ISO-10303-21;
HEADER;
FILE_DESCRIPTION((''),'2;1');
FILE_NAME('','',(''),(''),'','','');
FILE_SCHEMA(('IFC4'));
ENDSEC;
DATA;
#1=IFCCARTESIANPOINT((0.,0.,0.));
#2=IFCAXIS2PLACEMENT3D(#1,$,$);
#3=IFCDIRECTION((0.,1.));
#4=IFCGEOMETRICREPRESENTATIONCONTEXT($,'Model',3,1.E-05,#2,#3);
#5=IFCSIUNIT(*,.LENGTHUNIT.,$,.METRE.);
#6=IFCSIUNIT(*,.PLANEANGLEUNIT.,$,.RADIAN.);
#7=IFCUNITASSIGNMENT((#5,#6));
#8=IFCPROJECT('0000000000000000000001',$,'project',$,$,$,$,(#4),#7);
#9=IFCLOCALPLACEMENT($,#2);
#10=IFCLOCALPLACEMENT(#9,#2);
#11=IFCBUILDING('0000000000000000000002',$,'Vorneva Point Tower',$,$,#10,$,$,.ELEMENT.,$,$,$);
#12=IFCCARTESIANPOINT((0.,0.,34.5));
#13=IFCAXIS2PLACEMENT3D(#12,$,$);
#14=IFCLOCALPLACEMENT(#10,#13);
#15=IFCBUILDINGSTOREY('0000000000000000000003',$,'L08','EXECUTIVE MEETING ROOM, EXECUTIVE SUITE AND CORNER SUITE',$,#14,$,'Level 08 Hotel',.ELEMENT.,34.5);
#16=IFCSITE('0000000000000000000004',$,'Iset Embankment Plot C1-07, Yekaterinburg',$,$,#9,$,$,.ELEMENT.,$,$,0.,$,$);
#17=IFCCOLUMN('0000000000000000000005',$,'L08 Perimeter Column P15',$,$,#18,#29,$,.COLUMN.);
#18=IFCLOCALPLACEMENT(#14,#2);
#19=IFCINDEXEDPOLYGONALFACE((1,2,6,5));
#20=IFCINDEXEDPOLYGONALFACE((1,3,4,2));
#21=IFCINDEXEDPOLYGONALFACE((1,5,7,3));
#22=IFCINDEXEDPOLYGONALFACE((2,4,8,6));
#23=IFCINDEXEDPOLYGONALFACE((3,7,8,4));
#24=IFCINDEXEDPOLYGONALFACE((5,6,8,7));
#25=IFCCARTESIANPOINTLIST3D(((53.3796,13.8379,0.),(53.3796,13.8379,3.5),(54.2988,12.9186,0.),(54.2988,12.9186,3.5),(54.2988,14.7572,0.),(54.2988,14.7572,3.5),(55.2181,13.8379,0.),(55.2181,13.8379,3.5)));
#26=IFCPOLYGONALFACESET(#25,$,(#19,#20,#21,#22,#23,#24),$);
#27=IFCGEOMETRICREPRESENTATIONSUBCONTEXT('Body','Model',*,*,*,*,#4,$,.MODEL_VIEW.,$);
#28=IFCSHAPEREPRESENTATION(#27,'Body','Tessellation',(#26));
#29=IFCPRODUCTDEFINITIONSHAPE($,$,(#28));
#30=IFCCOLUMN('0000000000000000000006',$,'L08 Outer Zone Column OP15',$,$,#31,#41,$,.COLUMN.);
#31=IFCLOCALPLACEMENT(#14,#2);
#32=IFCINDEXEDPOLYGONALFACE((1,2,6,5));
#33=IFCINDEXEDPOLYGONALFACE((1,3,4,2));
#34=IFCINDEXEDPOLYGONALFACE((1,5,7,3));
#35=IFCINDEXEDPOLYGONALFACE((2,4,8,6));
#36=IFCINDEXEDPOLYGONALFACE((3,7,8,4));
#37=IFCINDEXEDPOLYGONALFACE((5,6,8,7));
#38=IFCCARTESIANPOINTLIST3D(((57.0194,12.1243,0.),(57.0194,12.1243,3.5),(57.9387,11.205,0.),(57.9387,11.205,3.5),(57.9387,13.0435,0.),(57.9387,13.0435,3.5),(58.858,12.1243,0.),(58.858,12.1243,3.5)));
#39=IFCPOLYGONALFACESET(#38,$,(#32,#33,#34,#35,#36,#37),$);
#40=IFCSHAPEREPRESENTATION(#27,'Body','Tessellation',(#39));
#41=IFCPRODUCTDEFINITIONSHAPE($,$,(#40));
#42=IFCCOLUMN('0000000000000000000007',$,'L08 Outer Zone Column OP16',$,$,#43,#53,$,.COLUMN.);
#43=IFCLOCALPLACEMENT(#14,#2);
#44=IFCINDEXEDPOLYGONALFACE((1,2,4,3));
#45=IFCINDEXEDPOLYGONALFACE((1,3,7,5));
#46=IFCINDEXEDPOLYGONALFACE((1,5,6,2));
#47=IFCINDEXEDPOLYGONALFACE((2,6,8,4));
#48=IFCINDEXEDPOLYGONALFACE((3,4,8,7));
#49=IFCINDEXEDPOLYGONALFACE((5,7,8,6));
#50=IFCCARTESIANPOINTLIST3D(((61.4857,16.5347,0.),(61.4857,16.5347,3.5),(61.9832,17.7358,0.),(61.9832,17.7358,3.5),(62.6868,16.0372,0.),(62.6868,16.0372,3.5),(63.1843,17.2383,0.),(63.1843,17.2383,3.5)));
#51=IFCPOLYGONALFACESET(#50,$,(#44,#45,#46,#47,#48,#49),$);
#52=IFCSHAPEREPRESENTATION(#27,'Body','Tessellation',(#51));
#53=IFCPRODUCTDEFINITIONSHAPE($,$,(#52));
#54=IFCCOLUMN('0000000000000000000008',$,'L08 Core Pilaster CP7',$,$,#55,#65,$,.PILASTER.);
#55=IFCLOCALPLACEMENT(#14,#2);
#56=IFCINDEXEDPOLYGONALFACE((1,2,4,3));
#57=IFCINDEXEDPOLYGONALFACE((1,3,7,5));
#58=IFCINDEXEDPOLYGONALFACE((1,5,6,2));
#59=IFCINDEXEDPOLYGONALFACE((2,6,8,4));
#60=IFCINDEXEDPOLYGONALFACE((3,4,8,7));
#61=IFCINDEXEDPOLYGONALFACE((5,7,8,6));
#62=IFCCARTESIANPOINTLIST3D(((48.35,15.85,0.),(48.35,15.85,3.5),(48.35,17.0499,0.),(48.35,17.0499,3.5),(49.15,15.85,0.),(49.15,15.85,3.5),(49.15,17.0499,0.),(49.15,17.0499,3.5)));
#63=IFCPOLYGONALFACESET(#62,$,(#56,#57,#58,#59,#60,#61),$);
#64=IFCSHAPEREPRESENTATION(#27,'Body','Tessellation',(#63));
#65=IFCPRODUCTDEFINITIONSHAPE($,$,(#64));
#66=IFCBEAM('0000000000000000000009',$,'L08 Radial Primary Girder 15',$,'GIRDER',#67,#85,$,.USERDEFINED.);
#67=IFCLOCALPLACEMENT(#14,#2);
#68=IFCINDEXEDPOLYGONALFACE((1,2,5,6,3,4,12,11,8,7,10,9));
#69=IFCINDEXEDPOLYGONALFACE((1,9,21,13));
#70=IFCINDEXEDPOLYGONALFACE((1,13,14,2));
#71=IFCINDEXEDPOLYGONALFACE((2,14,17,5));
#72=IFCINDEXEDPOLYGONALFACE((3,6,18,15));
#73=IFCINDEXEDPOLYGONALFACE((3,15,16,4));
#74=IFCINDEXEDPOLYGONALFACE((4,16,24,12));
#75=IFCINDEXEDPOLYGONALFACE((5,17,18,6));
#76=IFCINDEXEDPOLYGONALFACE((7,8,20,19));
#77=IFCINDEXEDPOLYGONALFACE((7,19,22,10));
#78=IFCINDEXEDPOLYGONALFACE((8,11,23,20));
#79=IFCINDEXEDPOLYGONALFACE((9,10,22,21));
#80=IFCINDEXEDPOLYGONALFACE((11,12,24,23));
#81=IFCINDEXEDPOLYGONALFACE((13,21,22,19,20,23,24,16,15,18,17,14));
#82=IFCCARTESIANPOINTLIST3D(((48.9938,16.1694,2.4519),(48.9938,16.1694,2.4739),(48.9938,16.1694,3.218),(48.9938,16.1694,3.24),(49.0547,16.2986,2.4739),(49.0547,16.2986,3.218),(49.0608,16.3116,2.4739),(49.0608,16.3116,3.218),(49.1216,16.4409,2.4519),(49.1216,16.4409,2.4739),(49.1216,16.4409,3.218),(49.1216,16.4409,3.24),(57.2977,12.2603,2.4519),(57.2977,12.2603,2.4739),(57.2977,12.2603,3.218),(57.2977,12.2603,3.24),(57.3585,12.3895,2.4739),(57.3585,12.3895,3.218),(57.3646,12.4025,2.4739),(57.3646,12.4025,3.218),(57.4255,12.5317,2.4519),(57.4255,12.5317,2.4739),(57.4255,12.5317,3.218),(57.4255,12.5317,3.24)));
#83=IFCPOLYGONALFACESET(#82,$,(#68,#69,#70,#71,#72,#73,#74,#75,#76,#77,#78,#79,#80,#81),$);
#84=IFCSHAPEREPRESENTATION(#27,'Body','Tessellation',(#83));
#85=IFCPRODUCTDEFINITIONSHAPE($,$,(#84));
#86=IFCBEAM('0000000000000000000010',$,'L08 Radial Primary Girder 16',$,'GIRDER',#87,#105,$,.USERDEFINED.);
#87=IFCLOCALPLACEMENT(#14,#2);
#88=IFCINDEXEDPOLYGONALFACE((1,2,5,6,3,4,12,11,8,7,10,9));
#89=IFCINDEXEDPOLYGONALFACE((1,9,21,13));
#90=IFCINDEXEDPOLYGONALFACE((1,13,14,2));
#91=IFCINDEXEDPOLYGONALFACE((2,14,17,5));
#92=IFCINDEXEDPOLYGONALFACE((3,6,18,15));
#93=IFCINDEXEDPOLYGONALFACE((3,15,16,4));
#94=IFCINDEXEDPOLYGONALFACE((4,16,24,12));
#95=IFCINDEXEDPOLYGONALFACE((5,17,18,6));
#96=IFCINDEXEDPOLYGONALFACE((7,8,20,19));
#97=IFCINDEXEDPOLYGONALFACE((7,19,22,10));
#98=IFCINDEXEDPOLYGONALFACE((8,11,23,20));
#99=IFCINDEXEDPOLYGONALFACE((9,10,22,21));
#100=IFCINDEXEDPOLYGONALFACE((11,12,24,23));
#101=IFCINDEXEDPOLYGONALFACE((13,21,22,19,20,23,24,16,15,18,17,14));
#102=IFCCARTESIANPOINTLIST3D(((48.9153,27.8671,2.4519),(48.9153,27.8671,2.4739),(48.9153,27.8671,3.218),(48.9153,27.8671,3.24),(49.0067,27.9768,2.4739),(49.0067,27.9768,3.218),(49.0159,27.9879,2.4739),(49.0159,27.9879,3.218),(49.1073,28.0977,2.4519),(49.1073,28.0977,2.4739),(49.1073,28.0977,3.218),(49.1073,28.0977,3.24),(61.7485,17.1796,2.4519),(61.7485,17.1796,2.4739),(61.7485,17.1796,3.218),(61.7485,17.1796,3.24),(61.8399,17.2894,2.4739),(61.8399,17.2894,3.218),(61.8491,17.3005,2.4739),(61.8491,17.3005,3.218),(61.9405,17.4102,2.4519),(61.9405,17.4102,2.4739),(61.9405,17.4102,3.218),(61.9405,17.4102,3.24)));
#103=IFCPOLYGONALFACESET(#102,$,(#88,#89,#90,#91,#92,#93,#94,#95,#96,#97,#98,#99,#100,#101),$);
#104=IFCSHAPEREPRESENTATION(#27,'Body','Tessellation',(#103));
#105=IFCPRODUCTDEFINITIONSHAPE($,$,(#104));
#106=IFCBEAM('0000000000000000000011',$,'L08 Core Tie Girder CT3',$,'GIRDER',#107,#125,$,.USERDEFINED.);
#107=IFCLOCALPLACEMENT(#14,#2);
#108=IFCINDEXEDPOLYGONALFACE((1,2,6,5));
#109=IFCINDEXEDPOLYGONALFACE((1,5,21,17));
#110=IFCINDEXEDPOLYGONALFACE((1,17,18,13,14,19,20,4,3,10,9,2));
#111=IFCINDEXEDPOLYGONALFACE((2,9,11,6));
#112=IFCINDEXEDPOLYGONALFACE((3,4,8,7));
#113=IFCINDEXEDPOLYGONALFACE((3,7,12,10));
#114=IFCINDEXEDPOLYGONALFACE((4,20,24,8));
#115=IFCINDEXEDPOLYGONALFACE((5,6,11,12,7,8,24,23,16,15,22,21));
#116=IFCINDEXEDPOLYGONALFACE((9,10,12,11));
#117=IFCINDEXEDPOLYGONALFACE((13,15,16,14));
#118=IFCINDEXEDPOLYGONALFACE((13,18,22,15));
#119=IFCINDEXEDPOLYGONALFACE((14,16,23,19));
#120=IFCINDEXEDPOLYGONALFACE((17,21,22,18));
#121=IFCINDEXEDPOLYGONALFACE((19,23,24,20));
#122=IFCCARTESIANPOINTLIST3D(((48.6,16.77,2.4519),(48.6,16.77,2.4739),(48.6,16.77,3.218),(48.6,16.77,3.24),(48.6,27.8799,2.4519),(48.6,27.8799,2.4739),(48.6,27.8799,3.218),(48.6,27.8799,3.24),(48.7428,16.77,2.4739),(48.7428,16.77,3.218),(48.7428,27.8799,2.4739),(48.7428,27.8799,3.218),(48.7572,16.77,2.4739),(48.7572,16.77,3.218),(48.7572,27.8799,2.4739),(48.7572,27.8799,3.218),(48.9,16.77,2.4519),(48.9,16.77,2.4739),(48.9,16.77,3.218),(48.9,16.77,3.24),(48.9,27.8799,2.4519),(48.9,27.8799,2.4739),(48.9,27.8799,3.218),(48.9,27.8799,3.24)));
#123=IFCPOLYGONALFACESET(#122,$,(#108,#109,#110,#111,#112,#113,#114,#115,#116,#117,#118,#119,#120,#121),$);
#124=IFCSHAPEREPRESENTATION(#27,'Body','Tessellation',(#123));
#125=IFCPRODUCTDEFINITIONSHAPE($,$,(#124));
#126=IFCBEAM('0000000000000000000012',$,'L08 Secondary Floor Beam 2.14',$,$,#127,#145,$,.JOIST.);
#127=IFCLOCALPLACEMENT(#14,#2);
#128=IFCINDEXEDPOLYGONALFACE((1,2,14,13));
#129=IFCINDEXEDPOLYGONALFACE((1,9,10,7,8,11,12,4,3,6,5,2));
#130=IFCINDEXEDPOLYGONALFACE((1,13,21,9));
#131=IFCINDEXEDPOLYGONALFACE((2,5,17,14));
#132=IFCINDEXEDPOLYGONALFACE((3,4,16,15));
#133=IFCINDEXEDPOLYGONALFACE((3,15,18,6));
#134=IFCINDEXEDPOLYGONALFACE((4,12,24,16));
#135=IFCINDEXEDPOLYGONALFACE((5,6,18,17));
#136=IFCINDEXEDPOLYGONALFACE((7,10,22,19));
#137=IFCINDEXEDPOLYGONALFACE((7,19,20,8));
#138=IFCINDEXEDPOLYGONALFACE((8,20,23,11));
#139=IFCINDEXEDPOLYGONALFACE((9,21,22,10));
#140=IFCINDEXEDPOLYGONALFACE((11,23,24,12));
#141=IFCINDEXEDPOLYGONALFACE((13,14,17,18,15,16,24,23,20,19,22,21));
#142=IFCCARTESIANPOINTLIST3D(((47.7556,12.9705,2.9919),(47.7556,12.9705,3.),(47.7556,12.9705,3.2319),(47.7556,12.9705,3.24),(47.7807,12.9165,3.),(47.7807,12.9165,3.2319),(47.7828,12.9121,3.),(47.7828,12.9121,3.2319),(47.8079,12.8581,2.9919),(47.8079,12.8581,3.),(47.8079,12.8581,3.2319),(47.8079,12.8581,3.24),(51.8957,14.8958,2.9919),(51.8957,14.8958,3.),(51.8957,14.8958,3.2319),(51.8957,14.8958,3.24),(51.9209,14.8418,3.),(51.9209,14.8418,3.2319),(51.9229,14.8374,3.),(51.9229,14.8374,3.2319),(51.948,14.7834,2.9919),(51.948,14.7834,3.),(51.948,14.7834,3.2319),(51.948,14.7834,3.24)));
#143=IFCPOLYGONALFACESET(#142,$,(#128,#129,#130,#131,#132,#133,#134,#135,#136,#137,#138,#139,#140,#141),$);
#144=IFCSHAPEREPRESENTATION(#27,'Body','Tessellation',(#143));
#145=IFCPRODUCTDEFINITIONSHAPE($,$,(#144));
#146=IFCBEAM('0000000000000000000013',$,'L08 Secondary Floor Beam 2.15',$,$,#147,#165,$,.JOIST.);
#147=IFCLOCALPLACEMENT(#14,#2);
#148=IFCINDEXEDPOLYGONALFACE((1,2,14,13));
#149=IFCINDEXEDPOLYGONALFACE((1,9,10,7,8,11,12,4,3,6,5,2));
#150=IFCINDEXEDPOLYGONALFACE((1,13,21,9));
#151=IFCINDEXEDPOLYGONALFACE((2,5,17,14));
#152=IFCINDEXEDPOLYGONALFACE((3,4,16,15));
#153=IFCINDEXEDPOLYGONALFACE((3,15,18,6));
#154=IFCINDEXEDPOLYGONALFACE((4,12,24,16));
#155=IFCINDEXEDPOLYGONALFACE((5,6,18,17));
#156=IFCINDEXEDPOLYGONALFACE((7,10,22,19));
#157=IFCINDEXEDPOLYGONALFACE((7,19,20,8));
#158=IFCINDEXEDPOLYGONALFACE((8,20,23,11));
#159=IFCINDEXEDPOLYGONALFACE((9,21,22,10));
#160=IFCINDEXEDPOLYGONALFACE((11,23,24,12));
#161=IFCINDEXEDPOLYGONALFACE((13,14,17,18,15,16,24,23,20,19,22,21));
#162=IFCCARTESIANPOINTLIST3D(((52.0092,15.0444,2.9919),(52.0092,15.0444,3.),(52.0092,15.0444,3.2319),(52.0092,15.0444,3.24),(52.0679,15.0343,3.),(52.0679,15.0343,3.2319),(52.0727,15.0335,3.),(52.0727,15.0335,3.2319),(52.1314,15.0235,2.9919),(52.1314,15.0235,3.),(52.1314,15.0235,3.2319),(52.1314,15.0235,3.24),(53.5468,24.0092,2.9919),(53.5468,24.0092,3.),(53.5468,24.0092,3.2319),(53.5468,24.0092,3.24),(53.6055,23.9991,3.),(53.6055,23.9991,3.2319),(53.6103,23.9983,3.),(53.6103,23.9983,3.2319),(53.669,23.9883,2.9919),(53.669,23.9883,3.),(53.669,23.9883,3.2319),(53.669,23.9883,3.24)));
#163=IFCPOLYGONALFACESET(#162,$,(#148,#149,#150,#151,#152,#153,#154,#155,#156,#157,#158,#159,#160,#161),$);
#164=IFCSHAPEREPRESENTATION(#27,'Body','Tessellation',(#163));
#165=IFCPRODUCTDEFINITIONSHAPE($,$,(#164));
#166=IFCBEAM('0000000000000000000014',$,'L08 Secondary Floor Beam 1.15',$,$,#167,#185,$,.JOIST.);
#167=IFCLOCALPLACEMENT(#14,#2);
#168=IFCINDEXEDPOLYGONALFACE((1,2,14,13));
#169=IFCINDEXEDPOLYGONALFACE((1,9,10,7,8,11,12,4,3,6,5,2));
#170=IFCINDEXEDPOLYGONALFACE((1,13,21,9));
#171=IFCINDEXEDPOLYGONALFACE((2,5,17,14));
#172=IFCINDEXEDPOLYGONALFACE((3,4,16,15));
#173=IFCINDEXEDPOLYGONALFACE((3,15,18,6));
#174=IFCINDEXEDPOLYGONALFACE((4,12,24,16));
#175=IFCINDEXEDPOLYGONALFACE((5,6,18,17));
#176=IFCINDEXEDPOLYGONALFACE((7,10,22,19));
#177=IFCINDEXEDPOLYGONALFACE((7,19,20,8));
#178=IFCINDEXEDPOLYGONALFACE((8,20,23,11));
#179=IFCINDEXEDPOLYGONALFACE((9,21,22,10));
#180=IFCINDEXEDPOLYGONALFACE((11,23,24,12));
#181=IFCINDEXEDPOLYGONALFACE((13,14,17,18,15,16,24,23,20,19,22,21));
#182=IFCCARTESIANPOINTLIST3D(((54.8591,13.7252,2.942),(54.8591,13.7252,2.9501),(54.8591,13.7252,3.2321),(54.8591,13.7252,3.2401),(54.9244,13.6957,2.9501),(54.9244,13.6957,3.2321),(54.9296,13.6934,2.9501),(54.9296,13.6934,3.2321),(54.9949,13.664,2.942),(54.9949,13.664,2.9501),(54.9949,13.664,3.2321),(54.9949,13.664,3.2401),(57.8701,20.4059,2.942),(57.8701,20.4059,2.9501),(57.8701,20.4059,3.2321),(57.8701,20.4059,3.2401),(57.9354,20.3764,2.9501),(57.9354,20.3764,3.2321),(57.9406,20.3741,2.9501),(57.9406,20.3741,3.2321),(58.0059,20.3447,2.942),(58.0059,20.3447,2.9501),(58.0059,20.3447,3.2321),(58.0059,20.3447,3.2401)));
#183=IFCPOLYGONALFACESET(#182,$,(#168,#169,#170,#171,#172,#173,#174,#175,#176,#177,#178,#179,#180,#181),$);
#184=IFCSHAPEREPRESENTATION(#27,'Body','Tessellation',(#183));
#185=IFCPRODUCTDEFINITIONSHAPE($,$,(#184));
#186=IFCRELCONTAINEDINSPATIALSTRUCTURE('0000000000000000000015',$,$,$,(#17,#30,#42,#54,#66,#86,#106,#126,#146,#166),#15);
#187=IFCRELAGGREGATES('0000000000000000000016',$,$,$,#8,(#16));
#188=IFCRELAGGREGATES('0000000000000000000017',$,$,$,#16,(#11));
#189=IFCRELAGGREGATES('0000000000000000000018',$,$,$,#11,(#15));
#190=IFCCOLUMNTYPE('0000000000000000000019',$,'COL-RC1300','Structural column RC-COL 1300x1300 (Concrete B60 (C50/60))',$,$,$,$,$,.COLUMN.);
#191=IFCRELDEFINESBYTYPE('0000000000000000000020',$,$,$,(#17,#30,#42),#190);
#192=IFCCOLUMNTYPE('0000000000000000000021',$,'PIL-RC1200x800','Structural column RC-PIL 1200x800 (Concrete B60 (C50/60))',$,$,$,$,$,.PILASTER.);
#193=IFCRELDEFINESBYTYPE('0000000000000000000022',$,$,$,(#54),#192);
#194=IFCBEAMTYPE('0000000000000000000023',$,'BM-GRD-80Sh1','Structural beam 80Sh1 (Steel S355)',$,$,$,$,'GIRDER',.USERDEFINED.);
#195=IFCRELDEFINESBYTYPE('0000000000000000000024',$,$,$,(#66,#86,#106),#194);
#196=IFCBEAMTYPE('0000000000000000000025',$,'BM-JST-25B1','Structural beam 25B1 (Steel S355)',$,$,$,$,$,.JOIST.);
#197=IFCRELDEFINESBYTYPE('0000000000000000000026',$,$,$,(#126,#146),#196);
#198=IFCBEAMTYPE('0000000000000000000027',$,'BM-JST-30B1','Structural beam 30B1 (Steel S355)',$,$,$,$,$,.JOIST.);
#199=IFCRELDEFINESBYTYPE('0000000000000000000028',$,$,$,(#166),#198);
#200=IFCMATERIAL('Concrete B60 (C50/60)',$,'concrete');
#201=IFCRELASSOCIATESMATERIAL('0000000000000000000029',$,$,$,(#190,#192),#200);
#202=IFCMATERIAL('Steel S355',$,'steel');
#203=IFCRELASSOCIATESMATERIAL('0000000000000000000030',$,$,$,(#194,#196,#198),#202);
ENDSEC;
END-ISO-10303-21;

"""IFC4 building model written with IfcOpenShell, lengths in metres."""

from ifc_helpers import new_model, si_unit, direction, frame, origin, origin_2d, place, context, subcontext, project, spatial, rectangle, i_section, extrude, material, material_profile, profile_set, type_object, element, save


model = new_model("IFC4")

# Units and contexts
model_context = context("Model", 3, precision=1e-05, world=origin(), true_north=direction((0.0, 1.0)))
body_context = subcontext(model_context, "Body", "Model", "MODEL_VIEW")
ifc_project = project(units=[si_unit("LENGTHUNIT", "METRE"), si_unit("PLANEANGLEUNIT", "RADIAN")], contexts=[model_context])

# Site, building, storey
site_placement = place(None, origin())
site = spatial("IfcSite", under=ifc_project, at=site_placement, Name="Iset Embankment Plot C1-07, Yekaterinburg", CompositionType="ELEMENT", RefElevation=0.0)
building_placement = place(site_placement, origin())
building = spatial("IfcBuilding", under=site, at=building_placement, Name="Vorneva Point Tower", CompositionType="ELEMENT")
storey_placement = place(building_placement, frame((0.0, 0.0, 34.5)))
storey = spatial("IfcBuildingStorey", under=building, at=storey_placement, Name="L08", Description="EXECUTIVE MEETING ROOM, EXECUTIVE SUITE AND CORNER SUITE", LongName="Level 08 Hotel", CompositionType="ELEMENT", Elevation=34.5)

# Columns
ifc_material_1 = material(Name="Concrete B60 (C50/60)", Category="concrete")
ifc_material_profile_1 = material_profile(ifc_material_1, rectangle(XDim=1.3, YDim=1.3, at=origin_2d()), Name="RC-COL 1300x1300")
ifc_profile_set_1 = profile_set([ifc_material_profile_1], Name="Concrete B60 (C50/60)")
column_type_1 = type_object("IfcColumnType", Name="COL-RC1300", Description="Structural column RC-COL 1300x1300 (Concrete B60 (C50/60))", PredefinedType="COLUMN", material=ifc_profile_set_1)
for number, where, z_axis, x_axis, name in (
    (1, (54.2988, 13.8379, 0.0), (0.0, 0.0, 1.0), (0.707107, -0.707107, 0.0), "L08 Perimeter Column P15"),
    (2, (57.9387, 12.1243, 0.0), (0.0, 0.0, 1.0), (0.707107, -0.707107, 0.0), "L08 Outer Zone Column OP15"),
    (3, (62.335, 16.8865, 0.0), (0.0, 0.0, 1.0), (0.92388, -0.382683, 0.0), "L08 Outer Zone Column OP16"),
):
    element("IfcColumn", number, at=place(storey_placement, frame(where, z_axis=z_axis, x_axis=x_axis)), inside=storey, type_object=column_type_1, Name=name, PredefinedType="COLUMN", context=body_context, shape_type="SweptSolid", body=[
        extrude(rectangle(XDim=1.3, YDim=1.3, at=origin_2d()), origin(), (0.0, 0.0, 1.0), 3.5),
    ])
ifc_material_profile_2 = material_profile(ifc_material_1, rectangle(XDim=0.8, YDim=1.2, at=origin_2d()), Name="RC-PIL 1200x800")
ifc_profile_set_2 = profile_set([ifc_material_profile_2], Name="Concrete B60 (C50/60)")
column_type_2 = type_object("IfcColumnType", Name="PIL-RC1200x800", Description="Structural column RC-PIL 1200x800 (Concrete B60 (C50/60))", PredefinedType="PILASTER", material=ifc_profile_set_2)
column_placement = place(storey_placement, frame((48.75, 16.45, 0.0), z_axis=(0.0, 0.0, 1.0), x_axis=(1.0, 0.0, 0.0)))
element("IfcColumn", 4, at=column_placement, inside=storey, type_object=column_type_2, Name="L08 Core Pilaster CP7", PredefinedType="PILASTER", context=body_context, shape_type="SweptSolid", body=[
    extrude(rectangle(XDim=0.8, YDim=1.2, at=origin_2d()), origin(), (0.0, 0.0, 1.0), 3.5),
])

# Beams
ifc_material_2 = material(Name="Steel S355", Category="steel")
ifc_material_profile_3 = material_profile(ifc_material_2, i_section(OverallWidth=0.3, OverallDepth=0.7881, WebThickness=0.0144, FlangeThickness=0.022, at=origin_2d()), Name="80Sh1")
ifc_profile_set_3 = profile_set([ifc_material_profile_3], Name="Steel S355")
beam_type_1 = type_object("IfcBeamType", Name="BM-GRD-80Sh1", Description="Structural beam 80Sh1 (Steel S355)", ElementType="GIRDER", PredefinedType="USERDEFINED", material=ifc_profile_set_3)
beam_1_placement = place(storey_placement, frame((57.3616, 12.396, 2.8459), z_axis=(-0.904758, 0.425925, 0.0), x_axis=(-0.425925, -0.904758, 0.0)))
element("IfcBeam", 5, at=beam_1_placement, inside=storey, type_object=beam_type_1, Name="L08 Radial Primary Girder 15", ObjectType="GIRDER", PredefinedType="USERDEFINED", context=body_context, shape_type="SweptSolid", body=[
    extrude(i_section(OverallWidth=0.3, OverallDepth=0.7881, WebThickness=0.0144, FlangeThickness=0.022, at=origin_2d()), origin(), (0.0, 0.0, 1.0), 9.178),
])
beam_2_placement = place(storey_placement, frame((61.8445, 17.2949, 2.8459), z_axis=(-0.768424, 0.639941, 0.0), x_axis=(-0.639941, -0.768424, 0.0)))
element("IfcBeam", 6, at=beam_2_placement, inside=storey, type_object=beam_type_1, Name="L08 Radial Primary Girder 16", ObjectType="GIRDER", PredefinedType="USERDEFINED", context=body_context, shape_type="SweptSolid", body=[
    extrude(i_section(OverallWidth=0.3, OverallDepth=0.7881, WebThickness=0.0144, FlangeThickness=0.022, at=origin_2d()), origin(), (0.0, 0.0, 1.0), 16.7007),
])
beam_3_placement = place(storey_placement, frame((48.75, 16.77, 2.8459), z_axis=(0.0, 1.0, 0.0), x_axis=(-1.0, 0.0, 0.0)))
element("IfcBeam", 7, at=beam_3_placement, inside=storey, type_object=beam_type_1, Name="L08 Core Tie Girder CT3", ObjectType="GIRDER", PredefinedType="USERDEFINED", context=body_context, shape_type="SweptSolid", body=[
    extrude(i_section(OverallWidth=0.3, OverallDepth=0.7881, WebThickness=0.0144, FlangeThickness=0.022, at=origin_2d()), origin(), (0.0, 0.0, 1.0), 11.1099),
])
ifc_material_profile_4 = material_profile(ifc_material_2, i_section(OverallWidth=0.124, OverallDepth=0.248, WebThickness=0.0049, FlangeThickness=0.0081, at=origin_2d()), Name="25B1")
ifc_profile_set_4 = profile_set([ifc_material_profile_4], Name="Steel S355")
beam_type_2 = type_object("IfcBeamType", Name="BM-JST-25B1", Description="Structural beam 25B1 (Steel S355)", PredefinedType="JOIST", material=ifc_profile_set_4)
beam_4_placement = place(storey_placement, frame((47.7817, 12.9143, 3.116), z_axis=(0.906751, 0.421667, 0.0), x_axis=(-0.421667, 0.906751, 0.0)))
element("IfcBeam", 8, at=beam_4_placement, inside=storey, type_object=beam_type_2, Name="L08 Secondary Floor Beam 2.14", PredefinedType="JOIST", context=body_context, shape_type="SweptSolid", body=[
    extrude(i_section(OverallWidth=0.124, OverallDepth=0.248, WebThickness=0.0049, FlangeThickness=0.0081, at=origin_2d()), origin(), (0.0, 0.0, 1.0), 4.5659),
])
beam_5_placement = place(storey_placement, frame((52.0703, 15.0339, 3.116), z_axis=(0.169046, 0.985608, 0.0), x_axis=(-0.985608, 0.169046, 0.0)))
element("IfcBeam", 9, at=beam_5_placement, inside=storey, type_object=beam_type_2, Name="L08 Secondary Floor Beam 2.15", PredefinedType="JOIST", context=body_context, shape_type="SweptSolid", body=[
    extrude(i_section(OverallWidth=0.124, OverallDepth=0.248, WebThickness=0.0049, FlangeThickness=0.0081, at=origin_2d()), origin(), (0.0, 0.0, 1.0), 9.0957),
])
ifc_material_profile_5 = material_profile(ifc_material_2, i_section(OverallWidth=0.1489, OverallDepth=0.2981, WebThickness=0.0056, FlangeThickness=0.0081, at=origin_2d()), Name="30B1")
ifc_profile_set_5 = profile_set([ifc_material_profile_5], Name="Steel S355")
beam_type_3 = type_object("IfcBeamType", Name="BM-JST-30B1", Description="Structural beam 30B1 (Steel S355)", PredefinedType="JOIST", material=ifc_profile_set_5)
beam_6_placement = place(storey_placement, frame((54.927, 13.6946, 3.0911), z_axis=(0.410897, 0.911682, 0.0), x_axis=(-0.911682, 0.410897, 0.0)))
element("IfcBeam", 10, at=beam_6_placement, inside=storey, type_object=beam_type_3, Name="L08 Secondary Floor Beam 1.15", PredefinedType="JOIST", context=body_context, shape_type="SweptSolid", body=[
    extrude(i_section(OverallWidth=0.1489, OverallDepth=0.2981, WebThickness=0.0056, FlangeThickness=0.0081, at=origin_2d()), origin(), (0.0, 0.0, 1.0), 7.3279),
])

save(model, "model.ifc")
